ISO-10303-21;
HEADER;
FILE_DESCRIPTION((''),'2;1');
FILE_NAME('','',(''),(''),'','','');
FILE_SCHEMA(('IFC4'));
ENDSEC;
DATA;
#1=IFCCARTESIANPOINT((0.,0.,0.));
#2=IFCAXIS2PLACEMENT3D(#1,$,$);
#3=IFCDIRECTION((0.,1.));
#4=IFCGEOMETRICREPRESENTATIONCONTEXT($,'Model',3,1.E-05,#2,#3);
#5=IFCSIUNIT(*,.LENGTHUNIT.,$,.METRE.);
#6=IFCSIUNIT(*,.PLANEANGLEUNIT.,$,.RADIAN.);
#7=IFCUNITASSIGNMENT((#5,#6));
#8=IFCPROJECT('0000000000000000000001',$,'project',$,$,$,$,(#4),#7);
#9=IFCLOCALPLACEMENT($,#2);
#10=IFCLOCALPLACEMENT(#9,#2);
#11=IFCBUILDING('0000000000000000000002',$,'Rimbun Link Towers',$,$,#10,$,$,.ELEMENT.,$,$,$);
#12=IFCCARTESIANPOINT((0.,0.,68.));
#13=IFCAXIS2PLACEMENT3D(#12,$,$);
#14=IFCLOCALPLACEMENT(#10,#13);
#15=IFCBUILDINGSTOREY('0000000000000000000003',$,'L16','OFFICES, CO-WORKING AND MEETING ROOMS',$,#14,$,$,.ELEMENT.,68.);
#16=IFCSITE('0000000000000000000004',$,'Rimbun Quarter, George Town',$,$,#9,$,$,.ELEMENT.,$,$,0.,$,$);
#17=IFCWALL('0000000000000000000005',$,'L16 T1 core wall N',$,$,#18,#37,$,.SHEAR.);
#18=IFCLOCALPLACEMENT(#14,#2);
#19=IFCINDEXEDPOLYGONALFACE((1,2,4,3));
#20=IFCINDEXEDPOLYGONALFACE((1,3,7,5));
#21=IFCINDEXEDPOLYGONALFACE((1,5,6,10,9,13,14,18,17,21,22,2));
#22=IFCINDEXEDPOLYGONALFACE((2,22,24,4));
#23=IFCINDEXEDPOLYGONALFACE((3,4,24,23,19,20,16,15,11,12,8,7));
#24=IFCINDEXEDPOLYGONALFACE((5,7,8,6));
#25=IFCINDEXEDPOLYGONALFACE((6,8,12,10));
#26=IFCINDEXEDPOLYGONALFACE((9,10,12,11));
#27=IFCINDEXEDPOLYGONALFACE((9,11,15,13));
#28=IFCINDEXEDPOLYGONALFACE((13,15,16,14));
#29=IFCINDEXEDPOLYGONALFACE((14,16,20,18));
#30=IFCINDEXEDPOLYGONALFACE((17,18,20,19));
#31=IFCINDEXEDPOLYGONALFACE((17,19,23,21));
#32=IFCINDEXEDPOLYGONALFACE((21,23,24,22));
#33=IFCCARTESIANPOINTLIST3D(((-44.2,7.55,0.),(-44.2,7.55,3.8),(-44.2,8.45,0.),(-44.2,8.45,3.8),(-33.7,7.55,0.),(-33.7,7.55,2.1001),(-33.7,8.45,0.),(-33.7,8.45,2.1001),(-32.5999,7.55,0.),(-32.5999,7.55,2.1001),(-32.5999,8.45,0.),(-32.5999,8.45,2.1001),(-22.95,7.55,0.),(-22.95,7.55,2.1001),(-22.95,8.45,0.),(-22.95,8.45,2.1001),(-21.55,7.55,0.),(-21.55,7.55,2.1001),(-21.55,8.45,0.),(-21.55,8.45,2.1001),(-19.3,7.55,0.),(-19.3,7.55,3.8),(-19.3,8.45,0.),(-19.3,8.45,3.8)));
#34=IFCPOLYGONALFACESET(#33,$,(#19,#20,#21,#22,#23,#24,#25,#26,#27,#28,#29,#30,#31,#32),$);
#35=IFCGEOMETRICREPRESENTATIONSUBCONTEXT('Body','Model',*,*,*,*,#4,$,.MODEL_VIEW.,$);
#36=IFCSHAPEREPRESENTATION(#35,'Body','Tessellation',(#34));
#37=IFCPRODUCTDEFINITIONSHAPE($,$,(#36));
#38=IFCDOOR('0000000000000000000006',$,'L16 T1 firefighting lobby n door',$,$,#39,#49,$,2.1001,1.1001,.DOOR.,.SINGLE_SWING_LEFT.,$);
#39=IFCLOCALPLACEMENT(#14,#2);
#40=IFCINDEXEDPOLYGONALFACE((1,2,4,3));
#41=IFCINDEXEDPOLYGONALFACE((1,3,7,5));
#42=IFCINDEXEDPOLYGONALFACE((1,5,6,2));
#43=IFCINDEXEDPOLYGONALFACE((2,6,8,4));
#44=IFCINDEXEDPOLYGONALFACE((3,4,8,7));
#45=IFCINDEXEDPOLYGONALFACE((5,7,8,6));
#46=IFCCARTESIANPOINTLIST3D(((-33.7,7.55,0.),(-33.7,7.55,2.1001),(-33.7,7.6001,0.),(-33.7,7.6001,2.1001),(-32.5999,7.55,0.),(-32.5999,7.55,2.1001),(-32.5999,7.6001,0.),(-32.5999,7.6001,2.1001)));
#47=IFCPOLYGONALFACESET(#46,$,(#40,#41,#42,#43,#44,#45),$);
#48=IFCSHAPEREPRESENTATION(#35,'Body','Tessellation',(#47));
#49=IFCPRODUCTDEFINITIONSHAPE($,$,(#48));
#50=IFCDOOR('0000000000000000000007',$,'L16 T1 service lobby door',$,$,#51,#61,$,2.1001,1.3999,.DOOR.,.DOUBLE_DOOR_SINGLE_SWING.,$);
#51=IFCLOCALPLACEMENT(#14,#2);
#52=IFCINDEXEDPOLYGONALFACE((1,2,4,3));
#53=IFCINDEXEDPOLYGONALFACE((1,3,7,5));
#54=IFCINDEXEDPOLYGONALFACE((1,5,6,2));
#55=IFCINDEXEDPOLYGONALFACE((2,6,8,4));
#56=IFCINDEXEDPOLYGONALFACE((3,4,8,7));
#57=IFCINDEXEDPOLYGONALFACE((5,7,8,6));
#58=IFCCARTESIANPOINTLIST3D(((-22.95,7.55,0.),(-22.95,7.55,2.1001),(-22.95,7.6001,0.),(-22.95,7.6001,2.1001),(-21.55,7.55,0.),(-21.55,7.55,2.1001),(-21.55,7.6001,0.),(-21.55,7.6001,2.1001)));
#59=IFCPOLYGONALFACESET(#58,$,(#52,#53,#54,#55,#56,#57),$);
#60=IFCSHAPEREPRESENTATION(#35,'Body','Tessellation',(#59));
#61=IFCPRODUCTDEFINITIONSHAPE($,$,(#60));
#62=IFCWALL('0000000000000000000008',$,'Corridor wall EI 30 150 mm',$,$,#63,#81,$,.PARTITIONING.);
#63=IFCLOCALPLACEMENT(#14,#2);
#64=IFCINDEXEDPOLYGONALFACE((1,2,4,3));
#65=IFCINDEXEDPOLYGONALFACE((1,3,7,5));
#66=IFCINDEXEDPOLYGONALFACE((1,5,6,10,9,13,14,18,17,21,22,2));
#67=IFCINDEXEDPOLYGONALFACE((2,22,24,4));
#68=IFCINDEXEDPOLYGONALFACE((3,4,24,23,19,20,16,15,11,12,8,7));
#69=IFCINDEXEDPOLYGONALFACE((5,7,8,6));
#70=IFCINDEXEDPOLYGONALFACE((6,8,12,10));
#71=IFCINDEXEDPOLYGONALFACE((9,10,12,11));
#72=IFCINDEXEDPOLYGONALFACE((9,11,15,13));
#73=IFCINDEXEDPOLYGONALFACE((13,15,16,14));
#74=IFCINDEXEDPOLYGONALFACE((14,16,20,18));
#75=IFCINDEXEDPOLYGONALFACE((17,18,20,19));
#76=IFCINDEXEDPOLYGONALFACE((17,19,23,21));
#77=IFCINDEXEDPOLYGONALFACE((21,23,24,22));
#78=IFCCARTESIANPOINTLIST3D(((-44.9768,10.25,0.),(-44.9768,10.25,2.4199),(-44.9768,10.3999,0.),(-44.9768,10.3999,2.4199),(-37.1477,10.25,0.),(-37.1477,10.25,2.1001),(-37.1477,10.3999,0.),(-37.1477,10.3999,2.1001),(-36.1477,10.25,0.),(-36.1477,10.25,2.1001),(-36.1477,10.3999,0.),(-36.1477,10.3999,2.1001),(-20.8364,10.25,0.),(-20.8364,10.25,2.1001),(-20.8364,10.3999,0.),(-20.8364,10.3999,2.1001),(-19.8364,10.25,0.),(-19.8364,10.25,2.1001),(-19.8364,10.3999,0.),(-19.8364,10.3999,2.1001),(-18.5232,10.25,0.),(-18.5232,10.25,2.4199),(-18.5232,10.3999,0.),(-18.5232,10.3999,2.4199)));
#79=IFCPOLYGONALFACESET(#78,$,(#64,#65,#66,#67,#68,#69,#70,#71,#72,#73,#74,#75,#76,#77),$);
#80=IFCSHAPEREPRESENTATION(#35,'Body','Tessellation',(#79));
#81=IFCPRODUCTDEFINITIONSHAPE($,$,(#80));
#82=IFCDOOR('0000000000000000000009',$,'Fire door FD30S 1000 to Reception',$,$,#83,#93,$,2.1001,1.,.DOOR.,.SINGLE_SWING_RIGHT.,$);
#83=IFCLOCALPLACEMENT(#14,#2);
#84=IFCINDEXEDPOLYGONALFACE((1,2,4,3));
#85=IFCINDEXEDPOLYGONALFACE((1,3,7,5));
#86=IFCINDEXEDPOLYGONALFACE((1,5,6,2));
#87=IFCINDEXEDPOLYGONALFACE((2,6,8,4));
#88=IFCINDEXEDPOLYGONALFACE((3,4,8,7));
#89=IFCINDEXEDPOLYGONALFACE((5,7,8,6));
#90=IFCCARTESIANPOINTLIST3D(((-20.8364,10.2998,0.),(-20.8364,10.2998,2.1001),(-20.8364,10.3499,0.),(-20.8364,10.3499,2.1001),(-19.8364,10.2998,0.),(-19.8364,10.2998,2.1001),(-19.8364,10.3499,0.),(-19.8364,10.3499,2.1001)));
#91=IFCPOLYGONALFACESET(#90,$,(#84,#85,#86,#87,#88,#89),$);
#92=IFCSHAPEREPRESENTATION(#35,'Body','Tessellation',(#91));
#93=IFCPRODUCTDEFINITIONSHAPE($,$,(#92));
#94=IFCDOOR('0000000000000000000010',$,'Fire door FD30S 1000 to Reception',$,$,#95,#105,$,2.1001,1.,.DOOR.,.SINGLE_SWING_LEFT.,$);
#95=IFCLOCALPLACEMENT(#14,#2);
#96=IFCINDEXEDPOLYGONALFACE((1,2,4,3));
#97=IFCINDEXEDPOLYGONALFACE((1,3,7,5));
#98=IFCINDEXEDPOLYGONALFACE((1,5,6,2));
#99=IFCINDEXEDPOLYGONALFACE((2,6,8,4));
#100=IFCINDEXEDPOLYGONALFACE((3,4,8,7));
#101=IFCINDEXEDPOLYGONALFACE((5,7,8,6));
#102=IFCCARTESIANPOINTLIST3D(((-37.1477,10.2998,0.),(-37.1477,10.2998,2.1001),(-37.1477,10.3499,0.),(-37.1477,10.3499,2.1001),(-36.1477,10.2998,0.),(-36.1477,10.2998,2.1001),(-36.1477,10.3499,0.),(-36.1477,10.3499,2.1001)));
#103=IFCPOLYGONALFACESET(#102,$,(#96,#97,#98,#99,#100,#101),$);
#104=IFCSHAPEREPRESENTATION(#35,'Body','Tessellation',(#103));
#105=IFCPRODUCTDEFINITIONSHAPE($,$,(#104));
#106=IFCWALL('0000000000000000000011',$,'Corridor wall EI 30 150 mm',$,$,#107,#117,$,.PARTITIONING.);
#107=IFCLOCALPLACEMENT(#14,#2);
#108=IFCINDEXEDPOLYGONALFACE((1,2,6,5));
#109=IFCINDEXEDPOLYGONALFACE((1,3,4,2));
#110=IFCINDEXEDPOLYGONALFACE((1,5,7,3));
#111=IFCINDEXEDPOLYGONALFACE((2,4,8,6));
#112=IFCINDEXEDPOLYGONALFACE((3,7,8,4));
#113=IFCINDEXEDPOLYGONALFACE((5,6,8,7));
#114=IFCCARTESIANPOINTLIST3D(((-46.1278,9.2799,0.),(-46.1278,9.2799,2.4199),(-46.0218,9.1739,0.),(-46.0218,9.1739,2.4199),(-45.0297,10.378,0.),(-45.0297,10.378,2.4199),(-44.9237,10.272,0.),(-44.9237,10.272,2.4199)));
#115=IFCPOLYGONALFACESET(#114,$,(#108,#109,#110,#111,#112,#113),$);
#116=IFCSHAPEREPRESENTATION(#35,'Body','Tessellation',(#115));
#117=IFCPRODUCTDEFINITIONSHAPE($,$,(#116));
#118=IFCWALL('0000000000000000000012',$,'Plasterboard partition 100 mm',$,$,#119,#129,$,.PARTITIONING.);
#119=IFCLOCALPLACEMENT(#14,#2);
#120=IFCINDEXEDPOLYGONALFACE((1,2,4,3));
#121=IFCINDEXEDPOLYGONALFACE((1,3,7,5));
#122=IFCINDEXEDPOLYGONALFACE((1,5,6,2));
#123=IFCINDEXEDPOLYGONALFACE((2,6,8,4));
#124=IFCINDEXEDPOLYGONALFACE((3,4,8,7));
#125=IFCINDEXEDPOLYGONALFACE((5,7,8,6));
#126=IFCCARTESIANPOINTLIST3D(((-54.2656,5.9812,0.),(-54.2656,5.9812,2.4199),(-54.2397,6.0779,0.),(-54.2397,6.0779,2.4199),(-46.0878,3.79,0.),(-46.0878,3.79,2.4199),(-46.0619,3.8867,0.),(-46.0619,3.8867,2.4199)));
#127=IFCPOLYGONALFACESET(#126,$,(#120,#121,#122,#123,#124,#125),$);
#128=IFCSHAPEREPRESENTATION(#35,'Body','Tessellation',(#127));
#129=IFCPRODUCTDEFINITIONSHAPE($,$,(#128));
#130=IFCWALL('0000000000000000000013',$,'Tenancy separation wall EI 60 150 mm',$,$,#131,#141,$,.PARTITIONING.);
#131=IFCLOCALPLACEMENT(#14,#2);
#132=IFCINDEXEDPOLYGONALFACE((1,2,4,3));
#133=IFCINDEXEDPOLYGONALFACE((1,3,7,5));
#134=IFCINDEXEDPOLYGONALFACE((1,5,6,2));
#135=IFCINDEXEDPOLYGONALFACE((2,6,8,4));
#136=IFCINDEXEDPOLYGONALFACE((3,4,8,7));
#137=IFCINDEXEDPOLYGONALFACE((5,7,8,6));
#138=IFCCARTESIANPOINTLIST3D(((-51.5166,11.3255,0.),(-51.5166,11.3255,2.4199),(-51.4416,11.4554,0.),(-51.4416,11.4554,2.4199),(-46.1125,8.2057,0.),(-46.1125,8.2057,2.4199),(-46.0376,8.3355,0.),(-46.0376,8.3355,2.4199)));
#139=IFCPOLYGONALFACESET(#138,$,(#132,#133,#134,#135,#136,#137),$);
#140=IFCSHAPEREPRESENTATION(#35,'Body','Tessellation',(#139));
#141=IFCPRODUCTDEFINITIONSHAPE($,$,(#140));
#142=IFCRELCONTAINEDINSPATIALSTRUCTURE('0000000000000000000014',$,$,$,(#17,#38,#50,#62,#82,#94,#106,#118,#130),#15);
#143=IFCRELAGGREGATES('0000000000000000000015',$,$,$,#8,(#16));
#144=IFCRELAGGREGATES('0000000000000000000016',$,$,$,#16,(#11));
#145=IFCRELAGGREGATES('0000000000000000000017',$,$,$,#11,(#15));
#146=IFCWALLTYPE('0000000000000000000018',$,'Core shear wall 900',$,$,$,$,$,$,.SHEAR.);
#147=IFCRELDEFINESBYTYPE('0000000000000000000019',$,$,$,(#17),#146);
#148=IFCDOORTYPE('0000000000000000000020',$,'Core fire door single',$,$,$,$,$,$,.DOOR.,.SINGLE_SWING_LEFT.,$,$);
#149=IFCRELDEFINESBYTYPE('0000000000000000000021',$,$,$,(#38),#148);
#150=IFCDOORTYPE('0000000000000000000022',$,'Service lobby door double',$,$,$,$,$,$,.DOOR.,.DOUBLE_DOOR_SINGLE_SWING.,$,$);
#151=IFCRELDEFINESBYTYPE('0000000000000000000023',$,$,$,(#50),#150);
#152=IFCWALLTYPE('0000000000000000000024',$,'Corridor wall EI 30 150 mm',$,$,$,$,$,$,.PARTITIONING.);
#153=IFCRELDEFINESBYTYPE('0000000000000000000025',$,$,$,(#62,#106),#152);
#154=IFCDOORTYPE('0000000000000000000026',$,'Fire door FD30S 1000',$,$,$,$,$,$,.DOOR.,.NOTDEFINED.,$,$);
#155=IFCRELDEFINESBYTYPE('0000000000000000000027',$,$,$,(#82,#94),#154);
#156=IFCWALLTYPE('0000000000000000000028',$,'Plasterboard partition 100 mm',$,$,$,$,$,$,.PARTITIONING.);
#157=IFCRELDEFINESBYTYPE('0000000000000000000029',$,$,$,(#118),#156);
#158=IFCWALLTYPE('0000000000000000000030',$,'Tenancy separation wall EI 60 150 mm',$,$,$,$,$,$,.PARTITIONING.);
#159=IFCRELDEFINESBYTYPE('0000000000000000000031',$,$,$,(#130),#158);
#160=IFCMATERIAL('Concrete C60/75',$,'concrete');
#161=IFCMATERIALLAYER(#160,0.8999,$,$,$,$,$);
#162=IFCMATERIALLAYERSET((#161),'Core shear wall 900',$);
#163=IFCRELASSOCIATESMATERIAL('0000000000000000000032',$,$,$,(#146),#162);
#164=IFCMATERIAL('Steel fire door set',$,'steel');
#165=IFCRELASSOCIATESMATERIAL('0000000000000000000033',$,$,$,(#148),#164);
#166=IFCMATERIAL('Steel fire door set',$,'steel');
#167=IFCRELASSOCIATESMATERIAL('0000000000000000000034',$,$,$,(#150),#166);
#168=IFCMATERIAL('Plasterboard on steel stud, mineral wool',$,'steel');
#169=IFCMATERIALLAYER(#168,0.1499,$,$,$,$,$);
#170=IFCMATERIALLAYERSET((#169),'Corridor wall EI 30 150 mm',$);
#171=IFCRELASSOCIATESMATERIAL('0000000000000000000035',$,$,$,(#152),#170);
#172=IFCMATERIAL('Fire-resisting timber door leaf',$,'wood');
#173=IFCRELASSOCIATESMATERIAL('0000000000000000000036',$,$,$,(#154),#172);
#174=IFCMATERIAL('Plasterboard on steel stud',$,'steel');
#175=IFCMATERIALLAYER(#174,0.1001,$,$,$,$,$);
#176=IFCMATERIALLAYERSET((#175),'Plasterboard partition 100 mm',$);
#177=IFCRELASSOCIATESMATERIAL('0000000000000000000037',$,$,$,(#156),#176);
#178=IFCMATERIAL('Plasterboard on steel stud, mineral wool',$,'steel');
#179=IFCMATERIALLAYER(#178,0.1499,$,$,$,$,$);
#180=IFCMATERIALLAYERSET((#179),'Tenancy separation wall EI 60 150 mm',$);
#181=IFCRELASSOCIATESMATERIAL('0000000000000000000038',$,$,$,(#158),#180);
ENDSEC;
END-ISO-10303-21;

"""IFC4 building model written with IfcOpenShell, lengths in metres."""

from ifc_helpers import new_model, si_unit, direction, frame, frame_2d, origin, place, context, subcontext, project, spatial, rectangle, extrude, material, layer, layer_set, type_object, element, fill, save


model = new_model("IFC4")

# Units and contexts
model_context = context("Model", 3, precision=1e-05, world=origin(), true_north=direction((0.0, 1.0)))
body_context = subcontext(model_context, "Body", "Model", "MODEL_VIEW")
ifc_project = project(units=[si_unit("LENGTHUNIT", "METRE"), si_unit("PLANEANGLEUNIT", "RADIAN")], contexts=[model_context])

# Site, building, storey
site_placement = place(None, origin())
site = spatial("IfcSite", under=ifc_project, at=site_placement, Name="Rimbun Quarter, George Town", CompositionType="ELEMENT", RefElevation=0.0)
building_placement = place(site_placement, origin())
building = spatial("IfcBuilding", under=site, at=building_placement, Name="Rimbun Link Towers", CompositionType="ELEMENT")
storey_placement = place(building_placement, frame((0.0, 0.0, 68.0)))
storey = spatial("IfcBuildingStorey", under=building, at=storey_placement, Name="L16", Description="OFFICES, CO-WORKING AND MEETING ROOMS", CompositionType="ELEMENT", Elevation=68.0)

# Walls, openings, doors
ifc_material_1 = material(Name="Concrete C60/75", Category="concrete")
ifc_layer_1 = layer(ifc_material_1, 0.8999)
ifc_layer_set_1 = layer_set([ifc_layer_1], Name="Core shear wall 900")
wall_type_1 = type_object("IfcWallType", Name="Core shear wall 900", PredefinedType="SHEAR", material=ifc_layer_set_1)
wall_1_placement = place(storey_placement, frame((-44.2, 8.0, 0.0), z_axis=(0.0, 0.0, 1.0), x_axis=(1.0, 0.0, 0.0)))
wall_1 = element("IfcWall", 1, at=wall_1_placement, inside=storey, type_object=wall_type_1, Name="L16 T1 core wall N", PredefinedType="SHEAR", context=body_context, shape_type="SweptSolid", body=[
    extrude(rectangle(XDim=24.8999, YDim=0.8999, at=frame_2d((12.45, 0.0))), origin(), (0.0, 0.0, 1.0), 3.8),
])
opening_1_placement = place(wall_1_placement, frame((10.5, 0.0, 0.0)))
opening_1 = element("IfcOpeningElement", 2, at=opening_1_placement, cuts=wall_1, PredefinedType="OPENING", context=body_context, shape_type="SweptSolid", body=[
    extrude(rectangle(XDim=1.1001, YDim=2.1001, at=frame_2d((0.55, 1.05))), frame((0.0, 0.46, 0.0), z_axis=(0.0, -1.0, 0.0), x_axis=(1.0, 0.0, 0.0)), (0.0, 0.0, 1.0), 0.9199),
])
opening_2_placement = place(wall_1_placement, frame((21.25, 0.0, 0.0)))
opening_2 = element("IfcOpeningElement", 3, at=opening_2_placement, cuts=wall_1, PredefinedType="OPENING", context=body_context, shape_type="SweptSolid", body=[
    extrude(rectangle(XDim=1.3999, YDim=2.1001, at=frame_2d((0.7, 1.05))), frame((0.0, 0.46, 0.0), z_axis=(0.0, -1.0, 0.0), x_axis=(1.0, 0.0, 0.0)), (0.0, 0.0, 1.0), 0.9199),
])
ifc_material_2 = material(Name="Steel fire door set", Category="steel")
door_type_1 = type_object("IfcDoorType", Name="Core fire door single", OperationType="SINGLE_SWING_LEFT", PredefinedType="DOOR", material=ifc_material_2)
door_1_placement = place(opening_1_placement, origin())
door_1 = element("IfcDoor", 4, at=door_1_placement, inside=storey, type_object=door_type_1, Name="L16 T1 firefighting lobby n door", OperationType="SINGLE_SWING_LEFT", OverallHeight=2.1001, OverallWidth=1.1001, PredefinedType="DOOR", context=body_context, shape_type="SweptSolid", body=[
    extrude(rectangle(XDim=1.1001, YDim=2.1001, at=frame_2d((0.55, 1.05))), frame((0.0, -0.3999, 0.0), z_axis=(0.0, -1.0, 0.0), x_axis=(1.0, 0.0, 0.0)), (0.0, 0.0, 1.0), 0.05),
])
fill(opening_1, door_1)
ifc_material_3 = material(Name="Steel fire door set", Category="steel")
door_type_2 = type_object("IfcDoorType", Name="Service lobby door double", OperationType="DOUBLE_DOOR_SINGLE_SWING", PredefinedType="DOOR", material=ifc_material_3)
door_2_placement = place(opening_2_placement, origin())
door_2 = element("IfcDoor", 5, at=door_2_placement, inside=storey, type_object=door_type_2, Name="L16 T1 service lobby door", OperationType="DOUBLE_DOOR_SINGLE_SWING", OverallHeight=2.1001, OverallWidth=1.3999, PredefinedType="DOOR", context=body_context, shape_type="SweptSolid", body=[
    extrude(rectangle(XDim=1.3999, YDim=2.1001, at=frame_2d((0.7, 1.05))), frame((0.0, -0.3999, 0.0), z_axis=(0.0, -1.0, 0.0), x_axis=(1.0, 0.0, 0.0)), (0.0, 0.0, 1.0), 0.05),
])
fill(opening_2, door_2)
ifc_material_4 = material(Name="Plasterboard on steel stud, mineral wool", Category="steel")
ifc_layer_2 = layer(ifc_material_4, 0.1499)
ifc_layer_set_2 = layer_set([ifc_layer_2], Name="Corridor wall EI 30 150 mm")
wall_type_2 = type_object("IfcWallType", Name="Corridor wall EI 30 150 mm", PredefinedType="PARTITIONING", material=ifc_layer_set_2)
wall_2_placement = place(storey_placement, frame((-44.9768, 10.325, 0.0), z_axis=(0.0, 0.0, 1.0), x_axis=(1.0, 0.0, 0.0)))
wall_2 = element("IfcWall", 6, at=wall_2_placement, inside=storey, type_object=wall_type_2, Name="Corridor wall EI 30 150 mm", PredefinedType="PARTITIONING", context=body_context, shape_type="SweptSolid", body=[
    extrude(rectangle(XDim=26.4536, YDim=0.1499, at=frame_2d((13.2268, 0.0))), origin(), (0.0, 0.0, 1.0), 2.4199),
])
opening_3_placement = place(wall_2_placement, frame((24.1404, 0.0, 0.0)))
opening_3 = element("IfcOpeningElement", 7, at=opening_3_placement, cuts=wall_2, PredefinedType="OPENING", context=body_context, shape_type="SweptSolid", body=[
    extrude(rectangle(XDim=1.0, YDim=2.1001, at=frame_2d((0.5, 1.05))), frame((0.0, 0.085, 0.0), z_axis=(0.0, -1.0, 0.0), x_axis=(1.0, 0.0, 0.0)), (0.0, 0.0, 1.0), 0.1699),
])
opening_4_placement = place(wall_2_placement, frame((7.8291, 0.0, 0.0)))
opening_4 = element("IfcOpeningElement", 8, at=opening_4_placement, cuts=wall_2, PredefinedType="OPENING", context=body_context, shape_type="SweptSolid", body=[
    extrude(rectangle(XDim=1.0, YDim=2.1001, at=frame_2d((0.5, 1.05))), frame((0.0, 0.085, 0.0), z_axis=(0.0, -1.0, 0.0), x_axis=(1.0, 0.0, 0.0)), (0.0, 0.0, 1.0), 0.1699),
])
ifc_material_5 = material(Name="Fire-resisting timber door leaf", Category="wood")
door_type_3 = type_object("IfcDoorType", Name="Fire door FD30S 1000", OperationType="NOTDEFINED", PredefinedType="DOOR", material=ifc_material_5)
door_3_placement = place(opening_3_placement, origin())
door_3 = element("IfcDoor", 9, at=door_3_placement, inside=storey, type_object=door_type_3, Name="Fire door FD30S 1000 to Reception", OperationType="SINGLE_SWING_RIGHT", OverallHeight=2.1001, OverallWidth=1.0, PredefinedType="DOOR", context=body_context, shape_type="SweptSolid", body=[
    extrude(rectangle(XDim=1.0, YDim=2.1001, at=frame_2d((0.5, 1.05))), frame((0.0, 0.0249, 0.0), z_axis=(0.0, -1.0, 0.0), x_axis=(1.0, 0.0, 0.0)), (0.0, 0.0, 1.0), 0.05),
])
fill(opening_3, door_3)
door_4_placement = place(opening_4_placement, origin())
door_4 = element("IfcDoor", 10, at=door_4_placement, inside=storey, type_object=door_type_3, Name="Fire door FD30S 1000 to Reception", OperationType="SINGLE_SWING_LEFT", OverallHeight=2.1001, OverallWidth=1.0, PredefinedType="DOOR", context=body_context, shape_type="SweptSolid", body=[
    extrude(rectangle(XDim=1.0, YDim=2.1001, at=frame_2d((0.5, 1.05))), frame((0.0, 0.0249, 0.0), z_axis=(0.0, -1.0, 0.0), x_axis=(1.0, 0.0, 0.0)), (0.0, 0.0, 1.0), 0.05),
])
fill(opening_4, door_4)

# Walls
wall_3_placement = place(storey_placement, frame((-44.9768, 10.325, 0.0), z_axis=(0.0, 0.0, 1.0), x_axis=(-0.707107, -0.707107, 0.0)))
element("IfcWall", 11, at=wall_3_placement, inside=storey, type_object=wall_type_2, Name="Corridor wall EI 30 150 mm", PredefinedType="PARTITIONING", context=body_context, shape_type="SweptSolid", body=[
    extrude(rectangle(XDim=1.553, YDim=0.1499, at=frame_2d((0.7764, 0.0))), origin(), (0.0, 0.0, 1.0), 2.4199),
])
ifc_material_6 = material(Name="Plasterboard on steel stud", Category="steel")
ifc_layer_3 = layer(ifc_material_6, 0.1001)
ifc_layer_set_3 = layer_set([ifc_layer_3], Name="Plasterboard partition 100 mm")
wall_type_3 = type_object("IfcWallType", Name="Plasterboard partition 100 mm", PredefinedType="PARTITIONING", material=ifc_layer_set_3)
wall_4_placement = place(storey_placement, frame((-54.2527, 6.0295, 0.0), z_axis=(0.0, 0.0, 1.0), x_axis=(0.965927, -0.258813, 0.0)))
element("IfcWall", 12, at=wall_4_placement, inside=storey, type_object=wall_type_3, Name="Plasterboard partition 100 mm", PredefinedType="PARTITIONING", context=body_context, shape_type="SweptSolid", body=[
    extrude(rectangle(XDim=8.4663, YDim=0.1001, at=frame_2d((4.2332, 0.0))), origin(), (0.0, 0.0, 1.0), 2.4199),
])
ifc_material_7 = material(Name="Plasterboard on steel stud, mineral wool", Category="steel")
ifc_layer_4 = layer(ifc_material_7, 0.1499)
ifc_layer_set_4 = layer_set([ifc_layer_4], Name="Tenancy separation wall EI 60 150 mm")
wall_type_4 = type_object("IfcWallType", Name="Tenancy separation wall EI 60 150 mm", PredefinedType="PARTITIONING", material=ifc_layer_set_4)
wall_5_placement = place(storey_placement, frame((-46.075, 8.2705, 0.0), z_axis=(0.0, 0.0, 1.0), x_axis=(-0.866036, 0.499981, 0.0)))
element("IfcWall", 13, at=wall_5_placement, inside=storey, type_object=wall_type_4, Name="Tenancy separation wall EI 60 150 mm", PredefinedType="PARTITIONING", context=body_context, shape_type="SweptSolid", body=[
    extrude(rectangle(XDim=6.24, YDim=0.1499, at=frame_2d((3.1201, 0.0))), origin(), (0.0, 0.0, 1.0), 2.4199),
])

save(model, "model.ifc")
